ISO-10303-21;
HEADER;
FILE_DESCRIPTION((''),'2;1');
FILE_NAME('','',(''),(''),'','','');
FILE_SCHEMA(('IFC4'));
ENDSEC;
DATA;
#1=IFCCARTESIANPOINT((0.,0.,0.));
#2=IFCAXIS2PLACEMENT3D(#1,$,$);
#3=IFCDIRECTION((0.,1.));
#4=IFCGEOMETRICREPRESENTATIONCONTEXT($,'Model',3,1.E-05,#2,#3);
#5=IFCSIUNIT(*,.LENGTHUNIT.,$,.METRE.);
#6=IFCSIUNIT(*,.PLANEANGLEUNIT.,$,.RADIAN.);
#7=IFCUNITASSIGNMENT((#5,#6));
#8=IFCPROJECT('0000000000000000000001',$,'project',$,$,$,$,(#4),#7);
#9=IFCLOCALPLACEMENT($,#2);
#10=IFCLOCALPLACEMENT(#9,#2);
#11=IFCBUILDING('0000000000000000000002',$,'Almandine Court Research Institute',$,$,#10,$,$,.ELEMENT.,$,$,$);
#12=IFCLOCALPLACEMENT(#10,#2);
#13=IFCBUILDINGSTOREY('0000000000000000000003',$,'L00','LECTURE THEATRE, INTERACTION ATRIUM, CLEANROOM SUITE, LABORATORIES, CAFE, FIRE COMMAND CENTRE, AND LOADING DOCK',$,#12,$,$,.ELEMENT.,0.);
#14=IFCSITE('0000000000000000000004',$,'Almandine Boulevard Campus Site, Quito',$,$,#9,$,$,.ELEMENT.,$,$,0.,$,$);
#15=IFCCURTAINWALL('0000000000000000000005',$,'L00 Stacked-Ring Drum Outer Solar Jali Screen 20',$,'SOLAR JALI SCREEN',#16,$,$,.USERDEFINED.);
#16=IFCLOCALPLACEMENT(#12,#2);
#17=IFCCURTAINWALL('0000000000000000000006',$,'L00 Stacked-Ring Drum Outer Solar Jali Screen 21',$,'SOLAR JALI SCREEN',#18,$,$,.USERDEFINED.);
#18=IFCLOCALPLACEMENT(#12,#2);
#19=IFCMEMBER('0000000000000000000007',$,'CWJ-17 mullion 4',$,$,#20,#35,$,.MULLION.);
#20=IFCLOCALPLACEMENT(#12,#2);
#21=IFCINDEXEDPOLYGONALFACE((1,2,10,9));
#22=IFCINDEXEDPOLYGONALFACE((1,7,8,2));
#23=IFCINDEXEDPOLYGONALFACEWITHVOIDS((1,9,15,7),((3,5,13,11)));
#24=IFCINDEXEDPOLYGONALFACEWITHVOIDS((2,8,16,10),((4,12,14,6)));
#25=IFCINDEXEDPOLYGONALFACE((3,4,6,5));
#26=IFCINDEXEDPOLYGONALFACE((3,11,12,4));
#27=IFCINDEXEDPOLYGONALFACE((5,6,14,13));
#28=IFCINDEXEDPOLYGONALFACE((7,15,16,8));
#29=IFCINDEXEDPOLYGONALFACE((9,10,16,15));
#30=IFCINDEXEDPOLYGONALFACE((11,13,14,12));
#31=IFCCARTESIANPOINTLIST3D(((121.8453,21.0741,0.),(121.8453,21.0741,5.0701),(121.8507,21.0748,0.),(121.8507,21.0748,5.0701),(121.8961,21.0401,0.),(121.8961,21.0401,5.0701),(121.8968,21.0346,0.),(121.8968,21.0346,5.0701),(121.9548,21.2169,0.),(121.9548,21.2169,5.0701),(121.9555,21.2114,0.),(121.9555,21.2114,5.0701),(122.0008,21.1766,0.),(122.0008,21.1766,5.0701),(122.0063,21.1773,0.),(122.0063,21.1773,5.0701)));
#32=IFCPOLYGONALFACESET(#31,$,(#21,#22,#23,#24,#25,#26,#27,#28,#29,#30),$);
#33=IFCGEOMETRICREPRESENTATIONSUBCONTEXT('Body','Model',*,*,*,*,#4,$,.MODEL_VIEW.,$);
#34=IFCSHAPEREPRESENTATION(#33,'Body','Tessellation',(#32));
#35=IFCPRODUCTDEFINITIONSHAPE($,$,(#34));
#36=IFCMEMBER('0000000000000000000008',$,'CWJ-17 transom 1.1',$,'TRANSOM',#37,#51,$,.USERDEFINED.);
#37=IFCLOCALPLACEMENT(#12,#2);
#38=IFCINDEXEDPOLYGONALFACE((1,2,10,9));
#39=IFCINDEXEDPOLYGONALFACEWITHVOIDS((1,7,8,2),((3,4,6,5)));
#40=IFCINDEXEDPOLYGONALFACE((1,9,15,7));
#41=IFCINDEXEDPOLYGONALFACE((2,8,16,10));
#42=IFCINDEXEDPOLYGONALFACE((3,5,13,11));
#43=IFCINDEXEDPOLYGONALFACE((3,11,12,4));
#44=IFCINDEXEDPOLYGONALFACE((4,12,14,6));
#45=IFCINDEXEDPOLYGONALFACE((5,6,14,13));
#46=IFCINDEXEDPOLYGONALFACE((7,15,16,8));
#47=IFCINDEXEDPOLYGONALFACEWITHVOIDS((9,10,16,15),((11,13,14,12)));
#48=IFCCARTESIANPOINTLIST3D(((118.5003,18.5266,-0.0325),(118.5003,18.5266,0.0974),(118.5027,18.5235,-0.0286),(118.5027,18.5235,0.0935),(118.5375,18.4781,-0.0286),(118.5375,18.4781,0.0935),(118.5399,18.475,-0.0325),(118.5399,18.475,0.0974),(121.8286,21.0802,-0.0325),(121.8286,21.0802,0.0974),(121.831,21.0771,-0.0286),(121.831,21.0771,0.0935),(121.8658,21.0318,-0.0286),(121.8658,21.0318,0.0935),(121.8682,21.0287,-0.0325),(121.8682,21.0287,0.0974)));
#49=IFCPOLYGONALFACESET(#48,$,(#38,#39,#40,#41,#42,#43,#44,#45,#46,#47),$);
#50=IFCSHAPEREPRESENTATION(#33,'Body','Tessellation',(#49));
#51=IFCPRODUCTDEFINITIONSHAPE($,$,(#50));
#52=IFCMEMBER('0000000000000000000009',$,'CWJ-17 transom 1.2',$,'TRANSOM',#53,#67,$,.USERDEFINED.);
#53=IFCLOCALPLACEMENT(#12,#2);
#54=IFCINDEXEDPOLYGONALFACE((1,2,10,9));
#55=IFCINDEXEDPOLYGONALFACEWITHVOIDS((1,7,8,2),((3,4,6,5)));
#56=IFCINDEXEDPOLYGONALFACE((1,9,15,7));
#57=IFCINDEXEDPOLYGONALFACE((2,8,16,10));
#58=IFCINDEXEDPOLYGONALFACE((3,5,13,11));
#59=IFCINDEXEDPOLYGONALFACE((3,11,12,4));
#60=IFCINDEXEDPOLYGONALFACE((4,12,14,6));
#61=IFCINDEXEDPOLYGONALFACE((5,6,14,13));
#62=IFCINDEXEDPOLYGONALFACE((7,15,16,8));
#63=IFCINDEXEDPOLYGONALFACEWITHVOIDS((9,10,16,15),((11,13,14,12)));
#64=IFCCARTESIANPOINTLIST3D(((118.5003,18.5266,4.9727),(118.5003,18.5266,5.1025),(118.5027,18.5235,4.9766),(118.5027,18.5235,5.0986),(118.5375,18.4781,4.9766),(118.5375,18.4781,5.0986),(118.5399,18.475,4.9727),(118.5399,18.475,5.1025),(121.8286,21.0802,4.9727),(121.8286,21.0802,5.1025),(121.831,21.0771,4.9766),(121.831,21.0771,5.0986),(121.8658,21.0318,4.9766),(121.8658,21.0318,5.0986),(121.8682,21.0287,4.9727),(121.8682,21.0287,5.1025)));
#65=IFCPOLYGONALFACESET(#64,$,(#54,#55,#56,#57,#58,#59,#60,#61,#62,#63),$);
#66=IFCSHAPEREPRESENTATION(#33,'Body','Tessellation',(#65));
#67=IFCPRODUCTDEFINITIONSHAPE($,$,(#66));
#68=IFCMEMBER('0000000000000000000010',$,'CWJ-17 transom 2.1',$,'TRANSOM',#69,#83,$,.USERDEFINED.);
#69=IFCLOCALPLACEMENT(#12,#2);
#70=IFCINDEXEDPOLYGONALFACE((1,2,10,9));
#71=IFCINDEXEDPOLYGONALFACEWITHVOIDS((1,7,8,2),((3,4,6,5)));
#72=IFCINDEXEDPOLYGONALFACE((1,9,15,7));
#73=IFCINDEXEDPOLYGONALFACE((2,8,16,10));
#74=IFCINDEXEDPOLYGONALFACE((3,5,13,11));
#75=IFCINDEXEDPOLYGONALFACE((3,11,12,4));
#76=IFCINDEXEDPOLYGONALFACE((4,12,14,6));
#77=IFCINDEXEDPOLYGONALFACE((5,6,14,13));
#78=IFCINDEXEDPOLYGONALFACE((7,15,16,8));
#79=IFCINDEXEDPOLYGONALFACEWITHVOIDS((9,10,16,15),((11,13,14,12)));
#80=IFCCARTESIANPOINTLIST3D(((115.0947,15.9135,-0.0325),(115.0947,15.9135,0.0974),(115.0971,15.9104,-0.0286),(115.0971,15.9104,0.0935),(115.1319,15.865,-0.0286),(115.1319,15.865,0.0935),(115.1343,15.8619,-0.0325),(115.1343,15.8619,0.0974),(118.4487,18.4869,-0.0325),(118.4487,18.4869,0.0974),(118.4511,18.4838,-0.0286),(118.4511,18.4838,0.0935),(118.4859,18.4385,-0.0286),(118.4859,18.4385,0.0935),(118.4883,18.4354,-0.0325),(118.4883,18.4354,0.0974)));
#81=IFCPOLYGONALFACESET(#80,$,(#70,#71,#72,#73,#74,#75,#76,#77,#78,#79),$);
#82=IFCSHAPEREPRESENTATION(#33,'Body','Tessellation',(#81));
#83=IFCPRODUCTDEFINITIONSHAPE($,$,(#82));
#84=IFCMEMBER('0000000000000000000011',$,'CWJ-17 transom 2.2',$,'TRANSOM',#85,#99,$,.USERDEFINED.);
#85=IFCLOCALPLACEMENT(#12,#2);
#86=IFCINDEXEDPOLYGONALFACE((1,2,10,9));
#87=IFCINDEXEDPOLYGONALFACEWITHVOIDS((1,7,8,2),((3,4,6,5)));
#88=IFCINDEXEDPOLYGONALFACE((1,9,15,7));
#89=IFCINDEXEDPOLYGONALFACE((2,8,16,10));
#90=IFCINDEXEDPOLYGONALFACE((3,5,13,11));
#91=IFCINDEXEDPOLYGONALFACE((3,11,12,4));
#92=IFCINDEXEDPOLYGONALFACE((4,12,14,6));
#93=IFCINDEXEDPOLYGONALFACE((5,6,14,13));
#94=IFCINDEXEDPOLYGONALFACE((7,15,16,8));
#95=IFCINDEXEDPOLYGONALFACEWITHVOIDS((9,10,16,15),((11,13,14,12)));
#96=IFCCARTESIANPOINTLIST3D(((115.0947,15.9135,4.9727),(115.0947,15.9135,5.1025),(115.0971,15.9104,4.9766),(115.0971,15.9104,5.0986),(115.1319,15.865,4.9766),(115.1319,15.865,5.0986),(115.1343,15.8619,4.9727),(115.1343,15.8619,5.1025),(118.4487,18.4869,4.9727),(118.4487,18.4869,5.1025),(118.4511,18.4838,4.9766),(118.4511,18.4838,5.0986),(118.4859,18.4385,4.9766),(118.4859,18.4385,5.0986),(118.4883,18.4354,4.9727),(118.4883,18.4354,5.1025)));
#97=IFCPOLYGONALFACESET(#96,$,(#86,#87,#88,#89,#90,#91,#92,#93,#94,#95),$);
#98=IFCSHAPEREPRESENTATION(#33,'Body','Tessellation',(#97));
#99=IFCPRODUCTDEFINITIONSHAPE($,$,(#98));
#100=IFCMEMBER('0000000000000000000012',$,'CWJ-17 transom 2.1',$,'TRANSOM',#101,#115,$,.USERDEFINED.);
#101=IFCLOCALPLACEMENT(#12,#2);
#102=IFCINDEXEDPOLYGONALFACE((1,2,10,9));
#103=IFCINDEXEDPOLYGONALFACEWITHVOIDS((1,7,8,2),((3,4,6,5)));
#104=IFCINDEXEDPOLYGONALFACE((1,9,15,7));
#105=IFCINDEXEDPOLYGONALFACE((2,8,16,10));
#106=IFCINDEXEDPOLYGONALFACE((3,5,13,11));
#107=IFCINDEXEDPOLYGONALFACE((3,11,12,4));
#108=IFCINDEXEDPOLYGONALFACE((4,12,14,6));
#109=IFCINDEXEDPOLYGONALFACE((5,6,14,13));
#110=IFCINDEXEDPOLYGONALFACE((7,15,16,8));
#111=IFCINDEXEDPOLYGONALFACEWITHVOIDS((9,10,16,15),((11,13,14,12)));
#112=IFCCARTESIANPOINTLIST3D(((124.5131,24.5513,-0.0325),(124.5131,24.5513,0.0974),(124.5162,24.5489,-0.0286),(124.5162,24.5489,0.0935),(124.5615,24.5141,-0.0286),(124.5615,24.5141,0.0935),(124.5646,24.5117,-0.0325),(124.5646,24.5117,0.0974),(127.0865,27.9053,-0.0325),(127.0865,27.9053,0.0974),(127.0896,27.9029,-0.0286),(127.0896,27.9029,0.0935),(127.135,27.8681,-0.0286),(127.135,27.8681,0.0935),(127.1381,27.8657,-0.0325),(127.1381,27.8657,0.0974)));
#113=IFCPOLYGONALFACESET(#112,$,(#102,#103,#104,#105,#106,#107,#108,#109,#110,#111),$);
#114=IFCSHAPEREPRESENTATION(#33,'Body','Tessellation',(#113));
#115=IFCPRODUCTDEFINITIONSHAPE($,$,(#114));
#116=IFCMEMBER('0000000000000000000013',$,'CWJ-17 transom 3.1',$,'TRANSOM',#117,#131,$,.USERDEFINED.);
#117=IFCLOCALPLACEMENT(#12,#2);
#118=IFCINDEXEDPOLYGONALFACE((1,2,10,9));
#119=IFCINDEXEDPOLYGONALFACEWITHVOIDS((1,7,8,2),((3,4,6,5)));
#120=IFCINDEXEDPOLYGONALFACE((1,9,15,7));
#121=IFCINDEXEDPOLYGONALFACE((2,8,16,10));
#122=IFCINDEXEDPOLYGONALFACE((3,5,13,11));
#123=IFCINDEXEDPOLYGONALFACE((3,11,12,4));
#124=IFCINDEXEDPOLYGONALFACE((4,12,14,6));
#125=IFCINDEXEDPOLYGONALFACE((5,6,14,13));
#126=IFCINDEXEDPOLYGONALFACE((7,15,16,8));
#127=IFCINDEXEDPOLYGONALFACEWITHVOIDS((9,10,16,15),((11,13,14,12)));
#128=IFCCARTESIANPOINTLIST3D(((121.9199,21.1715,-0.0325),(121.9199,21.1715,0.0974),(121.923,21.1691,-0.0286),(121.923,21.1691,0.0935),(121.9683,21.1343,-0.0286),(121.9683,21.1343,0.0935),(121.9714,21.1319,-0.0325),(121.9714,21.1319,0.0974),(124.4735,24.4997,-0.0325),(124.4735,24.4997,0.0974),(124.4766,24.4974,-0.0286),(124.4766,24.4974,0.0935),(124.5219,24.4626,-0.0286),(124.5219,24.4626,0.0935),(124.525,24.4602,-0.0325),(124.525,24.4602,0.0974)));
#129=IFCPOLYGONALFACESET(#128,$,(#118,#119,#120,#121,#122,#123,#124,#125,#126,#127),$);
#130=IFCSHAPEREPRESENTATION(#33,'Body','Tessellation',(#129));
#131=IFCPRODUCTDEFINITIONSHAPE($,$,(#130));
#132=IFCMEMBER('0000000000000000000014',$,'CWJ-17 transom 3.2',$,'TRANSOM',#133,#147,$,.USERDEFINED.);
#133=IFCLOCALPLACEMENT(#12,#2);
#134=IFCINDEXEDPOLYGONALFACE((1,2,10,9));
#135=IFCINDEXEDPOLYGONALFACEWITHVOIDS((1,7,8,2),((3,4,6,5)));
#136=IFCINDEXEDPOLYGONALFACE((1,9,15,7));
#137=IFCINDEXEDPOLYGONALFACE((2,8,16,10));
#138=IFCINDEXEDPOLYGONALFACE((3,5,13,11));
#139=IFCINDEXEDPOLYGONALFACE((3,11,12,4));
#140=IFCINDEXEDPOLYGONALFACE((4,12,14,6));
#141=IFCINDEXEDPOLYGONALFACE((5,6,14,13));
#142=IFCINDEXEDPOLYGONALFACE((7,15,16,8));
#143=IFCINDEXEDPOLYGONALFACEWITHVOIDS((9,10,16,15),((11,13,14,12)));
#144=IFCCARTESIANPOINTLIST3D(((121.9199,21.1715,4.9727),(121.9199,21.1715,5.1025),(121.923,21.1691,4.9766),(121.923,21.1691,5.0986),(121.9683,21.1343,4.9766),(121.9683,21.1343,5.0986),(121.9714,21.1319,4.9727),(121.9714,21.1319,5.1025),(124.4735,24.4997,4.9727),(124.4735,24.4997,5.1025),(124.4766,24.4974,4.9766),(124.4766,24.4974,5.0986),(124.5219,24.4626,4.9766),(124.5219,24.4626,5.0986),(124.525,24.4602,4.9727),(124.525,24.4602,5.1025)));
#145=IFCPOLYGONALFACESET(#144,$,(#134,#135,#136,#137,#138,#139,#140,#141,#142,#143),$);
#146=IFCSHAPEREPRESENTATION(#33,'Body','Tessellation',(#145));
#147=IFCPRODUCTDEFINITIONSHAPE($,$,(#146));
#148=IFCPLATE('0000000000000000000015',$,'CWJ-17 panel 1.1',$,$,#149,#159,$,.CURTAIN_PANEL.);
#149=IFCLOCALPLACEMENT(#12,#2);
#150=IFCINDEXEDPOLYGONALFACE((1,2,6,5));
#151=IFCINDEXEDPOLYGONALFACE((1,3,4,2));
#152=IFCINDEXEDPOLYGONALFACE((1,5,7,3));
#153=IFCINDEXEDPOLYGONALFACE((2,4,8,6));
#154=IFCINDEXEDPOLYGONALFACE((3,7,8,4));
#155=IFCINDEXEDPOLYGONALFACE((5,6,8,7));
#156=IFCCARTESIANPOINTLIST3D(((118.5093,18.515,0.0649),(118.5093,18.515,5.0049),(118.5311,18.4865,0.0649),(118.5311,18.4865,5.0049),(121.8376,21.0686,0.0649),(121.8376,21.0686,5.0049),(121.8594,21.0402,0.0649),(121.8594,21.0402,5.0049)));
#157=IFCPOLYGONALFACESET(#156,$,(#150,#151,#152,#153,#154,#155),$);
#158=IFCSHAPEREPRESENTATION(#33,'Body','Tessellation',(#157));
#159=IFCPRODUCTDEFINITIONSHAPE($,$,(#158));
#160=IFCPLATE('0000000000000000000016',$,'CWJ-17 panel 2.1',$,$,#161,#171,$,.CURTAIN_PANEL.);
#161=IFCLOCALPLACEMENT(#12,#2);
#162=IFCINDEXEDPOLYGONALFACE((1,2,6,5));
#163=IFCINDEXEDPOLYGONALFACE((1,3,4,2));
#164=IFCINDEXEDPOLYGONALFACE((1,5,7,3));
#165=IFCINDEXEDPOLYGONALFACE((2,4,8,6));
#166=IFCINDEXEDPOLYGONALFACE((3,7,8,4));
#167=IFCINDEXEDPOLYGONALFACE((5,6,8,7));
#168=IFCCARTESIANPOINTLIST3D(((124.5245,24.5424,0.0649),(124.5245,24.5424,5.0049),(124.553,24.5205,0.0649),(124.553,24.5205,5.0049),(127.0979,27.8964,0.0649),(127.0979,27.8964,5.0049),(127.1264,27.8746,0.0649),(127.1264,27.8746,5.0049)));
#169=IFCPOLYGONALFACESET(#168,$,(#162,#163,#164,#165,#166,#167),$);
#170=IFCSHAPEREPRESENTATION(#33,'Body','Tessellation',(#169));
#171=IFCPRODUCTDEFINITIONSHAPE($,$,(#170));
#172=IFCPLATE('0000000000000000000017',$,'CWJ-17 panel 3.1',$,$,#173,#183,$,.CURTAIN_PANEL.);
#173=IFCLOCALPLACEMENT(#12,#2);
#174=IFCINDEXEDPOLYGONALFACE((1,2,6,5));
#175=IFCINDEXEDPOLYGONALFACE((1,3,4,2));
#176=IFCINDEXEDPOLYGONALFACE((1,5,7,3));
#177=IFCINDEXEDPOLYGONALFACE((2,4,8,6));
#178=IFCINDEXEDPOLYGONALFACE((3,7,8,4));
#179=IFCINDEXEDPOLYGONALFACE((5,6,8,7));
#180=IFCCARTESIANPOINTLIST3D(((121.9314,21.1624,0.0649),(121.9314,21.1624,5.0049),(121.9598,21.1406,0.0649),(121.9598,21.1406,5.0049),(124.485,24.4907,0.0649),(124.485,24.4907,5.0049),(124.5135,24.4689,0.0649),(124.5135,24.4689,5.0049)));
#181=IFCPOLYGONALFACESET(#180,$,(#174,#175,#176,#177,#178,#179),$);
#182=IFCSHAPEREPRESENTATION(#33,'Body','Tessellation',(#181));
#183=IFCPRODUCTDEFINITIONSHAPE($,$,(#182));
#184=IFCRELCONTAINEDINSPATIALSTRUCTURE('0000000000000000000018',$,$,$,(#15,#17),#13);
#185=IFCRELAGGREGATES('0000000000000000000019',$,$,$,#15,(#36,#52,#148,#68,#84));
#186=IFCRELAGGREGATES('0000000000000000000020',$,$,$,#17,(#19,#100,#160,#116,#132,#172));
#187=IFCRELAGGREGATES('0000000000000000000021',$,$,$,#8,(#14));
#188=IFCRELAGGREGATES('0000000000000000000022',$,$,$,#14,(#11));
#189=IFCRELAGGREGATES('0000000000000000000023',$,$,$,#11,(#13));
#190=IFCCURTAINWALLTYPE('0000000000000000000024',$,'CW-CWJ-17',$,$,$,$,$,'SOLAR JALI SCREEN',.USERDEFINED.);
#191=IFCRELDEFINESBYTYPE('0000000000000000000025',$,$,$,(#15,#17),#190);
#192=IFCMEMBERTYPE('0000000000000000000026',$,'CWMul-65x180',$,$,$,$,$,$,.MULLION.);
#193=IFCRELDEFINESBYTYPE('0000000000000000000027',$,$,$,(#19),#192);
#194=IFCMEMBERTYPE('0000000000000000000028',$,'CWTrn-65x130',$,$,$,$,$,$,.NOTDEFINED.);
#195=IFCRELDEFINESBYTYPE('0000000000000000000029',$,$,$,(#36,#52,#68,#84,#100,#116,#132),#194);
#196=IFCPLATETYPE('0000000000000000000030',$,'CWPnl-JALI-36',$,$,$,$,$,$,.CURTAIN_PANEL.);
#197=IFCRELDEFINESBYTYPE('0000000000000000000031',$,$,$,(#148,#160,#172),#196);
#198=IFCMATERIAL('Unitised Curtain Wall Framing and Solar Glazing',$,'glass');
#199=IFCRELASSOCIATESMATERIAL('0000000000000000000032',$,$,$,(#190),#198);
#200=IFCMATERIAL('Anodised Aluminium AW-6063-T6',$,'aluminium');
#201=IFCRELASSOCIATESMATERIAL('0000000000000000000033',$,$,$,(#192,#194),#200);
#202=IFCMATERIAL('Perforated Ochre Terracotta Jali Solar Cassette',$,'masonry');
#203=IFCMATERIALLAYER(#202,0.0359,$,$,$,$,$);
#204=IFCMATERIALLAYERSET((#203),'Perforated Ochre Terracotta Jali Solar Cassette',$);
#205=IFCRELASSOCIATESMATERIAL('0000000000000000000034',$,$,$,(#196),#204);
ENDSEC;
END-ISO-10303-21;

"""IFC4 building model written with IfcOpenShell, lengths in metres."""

from ifc_helpers import new_model, si_unit, direction, frame, origin, origin_2d, place, context, subcontext, project, spatial, rectangle, hollow_rectangle, extrude, material, layer, layer_set, material_profile, profile_set, type_object, element, aggregate, save


model = new_model("IFC4")

# Units and contexts
model_context = context("Model", 3, precision=1e-05, world=origin(), true_north=direction((0.0, 1.0)))
body_context = subcontext(model_context, "Body", "Model", "MODEL_VIEW")
ifc_project = project(units=[si_unit("LENGTHUNIT", "METRE"), si_unit("PLANEANGLEUNIT", "RADIAN")], contexts=[model_context])

# Site, building, storey
site_placement = place(None, origin())
site = spatial("IfcSite", under=ifc_project, at=site_placement, Name="Almandine Boulevard Campus Site, Quito", CompositionType="ELEMENT", RefElevation=0.0)
building_placement = place(site_placement, origin())
building = spatial("IfcBuilding", under=site, at=building_placement, Name="Almandine Court Research Institute", CompositionType="ELEMENT")
storey_placement = place(building_placement, origin())
storey = spatial("IfcBuildingStorey", under=building, at=storey_placement, Name="L00", Description="LECTURE THEATRE, INTERACTION ATRIUM, CLEANROOM SUITE, LABORATORIES, CAFE, FIRE COMMAND CENTRE, AND LOADING DOCK", CompositionType="ELEMENT", Elevation=0.0)

# Curtain walls, member
ifc_material_1 = material(Name="Unitised Curtain Wall Framing and Solar Glazing", Category="glass")
curtain_wall_type = type_object("IfcCurtainWallType", Name="CW-CWJ-17", ElementType="SOLAR JALI SCREEN", PredefinedType="USERDEFINED", material=ifc_material_1)
curtain_wall_1_placement = place(storey_placement, origin())
curtain_wall_1 = element("IfcCurtainWall", 1, at=curtain_wall_1_placement, inside=storey, type_object=curtain_wall_type, Name="L00 Stacked-Ring Drum Outer Solar Jali Screen 20", ObjectType="SOLAR JALI SCREEN", PredefinedType="USERDEFINED")
ifc_material_2 = material(Name="Anodised Aluminium AW-6063-T6", Category="aluminium")
ifc_material_profile_1 = material_profile(ifc_material_2, hollow_rectangle(XDim=0.0649, YDim=0.1799, WallThickness=0.0039, at=origin_2d()), Name="ALU RHS 65x180x4")
ifc_profile_set_1 = profile_set([ifc_material_profile_1], Name="Anodised Aluminium AW-6063-T6")
member_type_1 = type_object("IfcMemberType", Name="CWMul-65x180", PredefinedType="MULLION", material=ifc_profile_set_1)
curtain_wall_2_placement = place(storey_placement, origin())
curtain_wall_2 = element("IfcCurtainWall", 2, at=curtain_wall_2_placement, inside=storey, type_object=curtain_wall_type, Name="L00 Stacked-Ring Drum Outer Solar Jali Screen 21", ObjectType="SOLAR JALI SCREEN", PredefinedType="USERDEFINED")
member_1_placement = place(storey_placement, frame((121.9258, 21.1257, 0.0), z_axis=(0.0, 0.0, 1.0), x_axis=(0.793383, -0.608723, 0.0)))
member_1 = element("IfcMember", 3, at=member_1_placement, type_object=member_type_1, Name="CWJ-17 mullion 4", PredefinedType="MULLION", context=body_context, shape_type="SweptSolid", body=[
    extrude(hollow_rectangle(XDim=0.0649, YDim=0.1799, WallThickness=0.0039, at=origin_2d()), origin(), (0.0, 0.0, 1.0), 5.0701),
])

# Members
ifc_material_profile_2 = material_profile(ifc_material_2, hollow_rectangle(XDim=0.0649, YDim=0.1299, WallThickness=0.0039, at=origin_2d()), Name="ALU RHS 65x130x4")
ifc_profile_set_2 = profile_set([ifc_material_profile_2], Name="Anodised Aluminium AW-6063-T6")
member_type_2 = type_object("IfcMemberType", Name="CWTrn-65x130", PredefinedType="NOTDEFINED", material=ifc_profile_set_2)
member_2_placement = place(storey_placement, frame((121.8484, 21.0544, 0.0325), z_axis=(-0.793381, -0.608726, 0.0), x_axis=(0.608726, -0.793381, 0.0)))
member_2 = element("IfcMember", 4, at=member_2_placement, type_object=member_type_2, Name="CWJ-17 transom 1.1", ObjectType="TRANSOM", PredefinedType="USERDEFINED", context=body_context, shape_type="SweptSolid", body=[
    extrude(hollow_rectangle(XDim=0.0649, YDim=0.1299, WallThickness=0.0039, at=origin_2d()), origin(), (0.0, 0.0, 1.0), 4.1951),
])
member_3_placement = place(storey_placement, frame((121.8484, 21.0544, 5.0376), z_axis=(-0.793381, -0.608726, 0.0), x_axis=(0.608726, -0.793381, 0.0)))
member_3 = element("IfcMember", 5, at=member_3_placement, type_object=member_type_2, Name="CWJ-17 transom 1.2", ObjectType="TRANSOM", PredefinedType="USERDEFINED", context=body_context, shape_type="SweptSolid", body=[
    extrude(hollow_rectangle(XDim=0.0649, YDim=0.1299, WallThickness=0.0039, at=origin_2d()), origin(), (0.0, 0.0, 1.0), 4.1951),
])
member_4_placement = place(storey_placement, frame((118.4685, 18.4612, 0.0325), z_axis=(-0.793368, -0.608742, 0.0), x_axis=(0.608742, -0.793368, 0.0)))
member_4 = element("IfcMember", 6, at=member_4_placement, type_object=member_type_2, Name="CWJ-17 transom 2.1", ObjectType="TRANSOM", PredefinedType="USERDEFINED", context=body_context, shape_type="SweptSolid", body=[
    extrude(hollow_rectangle(XDim=0.0649, YDim=0.1299, WallThickness=0.0039, at=origin_2d()), origin(), (0.0, 0.0, 1.0), 4.2275),
])
member_5_placement = place(storey_placement, frame((118.4685, 18.4612, 5.0376), z_axis=(-0.793368, -0.608742, 0.0), x_axis=(0.608742, -0.793368, 0.0)))
member_5 = element("IfcMember", 7, at=member_5_placement, type_object=member_type_2, Name="CWJ-17 transom 2.2", ObjectType="TRANSOM", PredefinedType="USERDEFINED", context=body_context, shape_type="SweptSolid", body=[
    extrude(hollow_rectangle(XDim=0.0649, YDim=0.1299, WallThickness=0.0039, at=origin_2d()), origin(), (0.0, 0.0, 1.0), 4.2275),
])
member_6_placement = place(storey_placement, frame((127.1123, 27.8855, 0.0325), z_axis=(-0.608742, -0.793368, 0.0), x_axis=(0.793368, -0.608742, 0.0)))
member_6 = element("IfcMember", 8, at=member_6_placement, type_object=member_type_2, Name="CWJ-17 transom 2.1", ObjectType="TRANSOM", PredefinedType="USERDEFINED", context=body_context, shape_type="SweptSolid", body=[
    extrude(hollow_rectangle(XDim=0.0649, YDim=0.1299, WallThickness=0.0039, at=origin_2d()), origin(), (0.0, 0.0, 1.0), 4.2275),
])
member_7_placement = place(storey_placement, frame((124.4993, 24.48, 0.0325), z_axis=(-0.608726, -0.793381, 0.0), x_axis=(0.793381, -0.608726, 0.0)))
member_7 = element("IfcMember", 9, at=member_7_placement, type_object=member_type_2, Name="CWJ-17 transom 3.1", ObjectType="TRANSOM", PredefinedType="USERDEFINED", context=body_context, shape_type="SweptSolid", body=[
    extrude(hollow_rectangle(XDim=0.0649, YDim=0.1299, WallThickness=0.0039, at=origin_2d()), origin(), (0.0, 0.0, 1.0), 4.1951),
])
member_8_placement = place(storey_placement, frame((124.4993, 24.48, 5.0376), z_axis=(-0.608726, -0.793381, 0.0), x_axis=(0.793381, -0.608726, 0.0)))
member_8 = element("IfcMember", 10, at=member_8_placement, type_object=member_type_2, Name="CWJ-17 transom 3.2", ObjectType="TRANSOM", PredefinedType="USERDEFINED", context=body_context, shape_type="SweptSolid", body=[
    extrude(hollow_rectangle(XDim=0.0649, YDim=0.1299, WallThickness=0.0039, at=origin_2d()), origin(), (0.0, 0.0, 1.0), 4.1951),
])

# Plates
ifc_material_3 = material(Name="Perforated Ochre Terracotta Jali Solar Cassette", Category="masonry")
ifc_layer_1 = layer(ifc_material_3, 0.0359)
ifc_layer_set_1 = layer_set([ifc_layer_1], Name="Perforated Ochre Terracotta Jali Solar Cassette")
plate_type = type_object("IfcPlateType", Name="CWPnl-JALI-36", PredefinedType="CURTAIN_PANEL", material=ifc_layer_set_1)
plate_1_placement = place(storey_placement, frame((120.1843, 19.7776, 0.0649), z_axis=(0.0, 0.0, 1.0), x_axis=(-0.793383, -0.608723, 0.0)))
plate_1 = element("IfcPlate", 11, at=plate_1_placement, type_object=plate_type, Name="CWJ-17 panel 1.1", PredefinedType="CURTAIN_PANEL", context=body_context, shape_type="SweptSolid", body=[
    extrude(rectangle(XDim=4.1951, YDim=0.0359, at=origin_2d()), origin(), (0.0, 0.0, 1.0), 4.9399),
])
aggregate(curtain_wall_1, [member_2, member_3, plate_1, member_4, member_5])
plate_2_placement = place(storey_placement, frame((125.8254, 26.2085, 0.0649), z_axis=(0.0, 0.0, 1.0), x_axis=(-0.608723, -0.793383, 0.0)))
plate_2 = element("IfcPlate", 12, at=plate_2_placement, type_object=plate_type, Name="CWJ-17 panel 2.1", PredefinedType="CURTAIN_PANEL", context=body_context, shape_type="SweptSolid", body=[
    extrude(rectangle(XDim=4.2275, YDim=0.0359, at=origin_2d()), origin(), (0.0, 0.0, 1.0), 4.9399),
])
plate_3_placement = place(storey_placement, frame((123.2224, 22.8157, 0.0649), z_axis=(0.0, 0.0, 1.0), x_axis=(-0.608723, -0.793383, 0.0)))
plate_3 = element("IfcPlate", 13, at=plate_3_placement, type_object=plate_type, Name="CWJ-17 panel 3.1", PredefinedType="CURTAIN_PANEL", context=body_context, shape_type="SweptSolid", body=[
    extrude(rectangle(XDim=4.1951, YDim=0.0359, at=origin_2d()), origin(), (0.0, 0.0, 1.0), 4.9399),
])
aggregate(curtain_wall_2, [member_1, member_6, plate_2, member_7, member_8, plate_3])

save(model, "model.ifc")
